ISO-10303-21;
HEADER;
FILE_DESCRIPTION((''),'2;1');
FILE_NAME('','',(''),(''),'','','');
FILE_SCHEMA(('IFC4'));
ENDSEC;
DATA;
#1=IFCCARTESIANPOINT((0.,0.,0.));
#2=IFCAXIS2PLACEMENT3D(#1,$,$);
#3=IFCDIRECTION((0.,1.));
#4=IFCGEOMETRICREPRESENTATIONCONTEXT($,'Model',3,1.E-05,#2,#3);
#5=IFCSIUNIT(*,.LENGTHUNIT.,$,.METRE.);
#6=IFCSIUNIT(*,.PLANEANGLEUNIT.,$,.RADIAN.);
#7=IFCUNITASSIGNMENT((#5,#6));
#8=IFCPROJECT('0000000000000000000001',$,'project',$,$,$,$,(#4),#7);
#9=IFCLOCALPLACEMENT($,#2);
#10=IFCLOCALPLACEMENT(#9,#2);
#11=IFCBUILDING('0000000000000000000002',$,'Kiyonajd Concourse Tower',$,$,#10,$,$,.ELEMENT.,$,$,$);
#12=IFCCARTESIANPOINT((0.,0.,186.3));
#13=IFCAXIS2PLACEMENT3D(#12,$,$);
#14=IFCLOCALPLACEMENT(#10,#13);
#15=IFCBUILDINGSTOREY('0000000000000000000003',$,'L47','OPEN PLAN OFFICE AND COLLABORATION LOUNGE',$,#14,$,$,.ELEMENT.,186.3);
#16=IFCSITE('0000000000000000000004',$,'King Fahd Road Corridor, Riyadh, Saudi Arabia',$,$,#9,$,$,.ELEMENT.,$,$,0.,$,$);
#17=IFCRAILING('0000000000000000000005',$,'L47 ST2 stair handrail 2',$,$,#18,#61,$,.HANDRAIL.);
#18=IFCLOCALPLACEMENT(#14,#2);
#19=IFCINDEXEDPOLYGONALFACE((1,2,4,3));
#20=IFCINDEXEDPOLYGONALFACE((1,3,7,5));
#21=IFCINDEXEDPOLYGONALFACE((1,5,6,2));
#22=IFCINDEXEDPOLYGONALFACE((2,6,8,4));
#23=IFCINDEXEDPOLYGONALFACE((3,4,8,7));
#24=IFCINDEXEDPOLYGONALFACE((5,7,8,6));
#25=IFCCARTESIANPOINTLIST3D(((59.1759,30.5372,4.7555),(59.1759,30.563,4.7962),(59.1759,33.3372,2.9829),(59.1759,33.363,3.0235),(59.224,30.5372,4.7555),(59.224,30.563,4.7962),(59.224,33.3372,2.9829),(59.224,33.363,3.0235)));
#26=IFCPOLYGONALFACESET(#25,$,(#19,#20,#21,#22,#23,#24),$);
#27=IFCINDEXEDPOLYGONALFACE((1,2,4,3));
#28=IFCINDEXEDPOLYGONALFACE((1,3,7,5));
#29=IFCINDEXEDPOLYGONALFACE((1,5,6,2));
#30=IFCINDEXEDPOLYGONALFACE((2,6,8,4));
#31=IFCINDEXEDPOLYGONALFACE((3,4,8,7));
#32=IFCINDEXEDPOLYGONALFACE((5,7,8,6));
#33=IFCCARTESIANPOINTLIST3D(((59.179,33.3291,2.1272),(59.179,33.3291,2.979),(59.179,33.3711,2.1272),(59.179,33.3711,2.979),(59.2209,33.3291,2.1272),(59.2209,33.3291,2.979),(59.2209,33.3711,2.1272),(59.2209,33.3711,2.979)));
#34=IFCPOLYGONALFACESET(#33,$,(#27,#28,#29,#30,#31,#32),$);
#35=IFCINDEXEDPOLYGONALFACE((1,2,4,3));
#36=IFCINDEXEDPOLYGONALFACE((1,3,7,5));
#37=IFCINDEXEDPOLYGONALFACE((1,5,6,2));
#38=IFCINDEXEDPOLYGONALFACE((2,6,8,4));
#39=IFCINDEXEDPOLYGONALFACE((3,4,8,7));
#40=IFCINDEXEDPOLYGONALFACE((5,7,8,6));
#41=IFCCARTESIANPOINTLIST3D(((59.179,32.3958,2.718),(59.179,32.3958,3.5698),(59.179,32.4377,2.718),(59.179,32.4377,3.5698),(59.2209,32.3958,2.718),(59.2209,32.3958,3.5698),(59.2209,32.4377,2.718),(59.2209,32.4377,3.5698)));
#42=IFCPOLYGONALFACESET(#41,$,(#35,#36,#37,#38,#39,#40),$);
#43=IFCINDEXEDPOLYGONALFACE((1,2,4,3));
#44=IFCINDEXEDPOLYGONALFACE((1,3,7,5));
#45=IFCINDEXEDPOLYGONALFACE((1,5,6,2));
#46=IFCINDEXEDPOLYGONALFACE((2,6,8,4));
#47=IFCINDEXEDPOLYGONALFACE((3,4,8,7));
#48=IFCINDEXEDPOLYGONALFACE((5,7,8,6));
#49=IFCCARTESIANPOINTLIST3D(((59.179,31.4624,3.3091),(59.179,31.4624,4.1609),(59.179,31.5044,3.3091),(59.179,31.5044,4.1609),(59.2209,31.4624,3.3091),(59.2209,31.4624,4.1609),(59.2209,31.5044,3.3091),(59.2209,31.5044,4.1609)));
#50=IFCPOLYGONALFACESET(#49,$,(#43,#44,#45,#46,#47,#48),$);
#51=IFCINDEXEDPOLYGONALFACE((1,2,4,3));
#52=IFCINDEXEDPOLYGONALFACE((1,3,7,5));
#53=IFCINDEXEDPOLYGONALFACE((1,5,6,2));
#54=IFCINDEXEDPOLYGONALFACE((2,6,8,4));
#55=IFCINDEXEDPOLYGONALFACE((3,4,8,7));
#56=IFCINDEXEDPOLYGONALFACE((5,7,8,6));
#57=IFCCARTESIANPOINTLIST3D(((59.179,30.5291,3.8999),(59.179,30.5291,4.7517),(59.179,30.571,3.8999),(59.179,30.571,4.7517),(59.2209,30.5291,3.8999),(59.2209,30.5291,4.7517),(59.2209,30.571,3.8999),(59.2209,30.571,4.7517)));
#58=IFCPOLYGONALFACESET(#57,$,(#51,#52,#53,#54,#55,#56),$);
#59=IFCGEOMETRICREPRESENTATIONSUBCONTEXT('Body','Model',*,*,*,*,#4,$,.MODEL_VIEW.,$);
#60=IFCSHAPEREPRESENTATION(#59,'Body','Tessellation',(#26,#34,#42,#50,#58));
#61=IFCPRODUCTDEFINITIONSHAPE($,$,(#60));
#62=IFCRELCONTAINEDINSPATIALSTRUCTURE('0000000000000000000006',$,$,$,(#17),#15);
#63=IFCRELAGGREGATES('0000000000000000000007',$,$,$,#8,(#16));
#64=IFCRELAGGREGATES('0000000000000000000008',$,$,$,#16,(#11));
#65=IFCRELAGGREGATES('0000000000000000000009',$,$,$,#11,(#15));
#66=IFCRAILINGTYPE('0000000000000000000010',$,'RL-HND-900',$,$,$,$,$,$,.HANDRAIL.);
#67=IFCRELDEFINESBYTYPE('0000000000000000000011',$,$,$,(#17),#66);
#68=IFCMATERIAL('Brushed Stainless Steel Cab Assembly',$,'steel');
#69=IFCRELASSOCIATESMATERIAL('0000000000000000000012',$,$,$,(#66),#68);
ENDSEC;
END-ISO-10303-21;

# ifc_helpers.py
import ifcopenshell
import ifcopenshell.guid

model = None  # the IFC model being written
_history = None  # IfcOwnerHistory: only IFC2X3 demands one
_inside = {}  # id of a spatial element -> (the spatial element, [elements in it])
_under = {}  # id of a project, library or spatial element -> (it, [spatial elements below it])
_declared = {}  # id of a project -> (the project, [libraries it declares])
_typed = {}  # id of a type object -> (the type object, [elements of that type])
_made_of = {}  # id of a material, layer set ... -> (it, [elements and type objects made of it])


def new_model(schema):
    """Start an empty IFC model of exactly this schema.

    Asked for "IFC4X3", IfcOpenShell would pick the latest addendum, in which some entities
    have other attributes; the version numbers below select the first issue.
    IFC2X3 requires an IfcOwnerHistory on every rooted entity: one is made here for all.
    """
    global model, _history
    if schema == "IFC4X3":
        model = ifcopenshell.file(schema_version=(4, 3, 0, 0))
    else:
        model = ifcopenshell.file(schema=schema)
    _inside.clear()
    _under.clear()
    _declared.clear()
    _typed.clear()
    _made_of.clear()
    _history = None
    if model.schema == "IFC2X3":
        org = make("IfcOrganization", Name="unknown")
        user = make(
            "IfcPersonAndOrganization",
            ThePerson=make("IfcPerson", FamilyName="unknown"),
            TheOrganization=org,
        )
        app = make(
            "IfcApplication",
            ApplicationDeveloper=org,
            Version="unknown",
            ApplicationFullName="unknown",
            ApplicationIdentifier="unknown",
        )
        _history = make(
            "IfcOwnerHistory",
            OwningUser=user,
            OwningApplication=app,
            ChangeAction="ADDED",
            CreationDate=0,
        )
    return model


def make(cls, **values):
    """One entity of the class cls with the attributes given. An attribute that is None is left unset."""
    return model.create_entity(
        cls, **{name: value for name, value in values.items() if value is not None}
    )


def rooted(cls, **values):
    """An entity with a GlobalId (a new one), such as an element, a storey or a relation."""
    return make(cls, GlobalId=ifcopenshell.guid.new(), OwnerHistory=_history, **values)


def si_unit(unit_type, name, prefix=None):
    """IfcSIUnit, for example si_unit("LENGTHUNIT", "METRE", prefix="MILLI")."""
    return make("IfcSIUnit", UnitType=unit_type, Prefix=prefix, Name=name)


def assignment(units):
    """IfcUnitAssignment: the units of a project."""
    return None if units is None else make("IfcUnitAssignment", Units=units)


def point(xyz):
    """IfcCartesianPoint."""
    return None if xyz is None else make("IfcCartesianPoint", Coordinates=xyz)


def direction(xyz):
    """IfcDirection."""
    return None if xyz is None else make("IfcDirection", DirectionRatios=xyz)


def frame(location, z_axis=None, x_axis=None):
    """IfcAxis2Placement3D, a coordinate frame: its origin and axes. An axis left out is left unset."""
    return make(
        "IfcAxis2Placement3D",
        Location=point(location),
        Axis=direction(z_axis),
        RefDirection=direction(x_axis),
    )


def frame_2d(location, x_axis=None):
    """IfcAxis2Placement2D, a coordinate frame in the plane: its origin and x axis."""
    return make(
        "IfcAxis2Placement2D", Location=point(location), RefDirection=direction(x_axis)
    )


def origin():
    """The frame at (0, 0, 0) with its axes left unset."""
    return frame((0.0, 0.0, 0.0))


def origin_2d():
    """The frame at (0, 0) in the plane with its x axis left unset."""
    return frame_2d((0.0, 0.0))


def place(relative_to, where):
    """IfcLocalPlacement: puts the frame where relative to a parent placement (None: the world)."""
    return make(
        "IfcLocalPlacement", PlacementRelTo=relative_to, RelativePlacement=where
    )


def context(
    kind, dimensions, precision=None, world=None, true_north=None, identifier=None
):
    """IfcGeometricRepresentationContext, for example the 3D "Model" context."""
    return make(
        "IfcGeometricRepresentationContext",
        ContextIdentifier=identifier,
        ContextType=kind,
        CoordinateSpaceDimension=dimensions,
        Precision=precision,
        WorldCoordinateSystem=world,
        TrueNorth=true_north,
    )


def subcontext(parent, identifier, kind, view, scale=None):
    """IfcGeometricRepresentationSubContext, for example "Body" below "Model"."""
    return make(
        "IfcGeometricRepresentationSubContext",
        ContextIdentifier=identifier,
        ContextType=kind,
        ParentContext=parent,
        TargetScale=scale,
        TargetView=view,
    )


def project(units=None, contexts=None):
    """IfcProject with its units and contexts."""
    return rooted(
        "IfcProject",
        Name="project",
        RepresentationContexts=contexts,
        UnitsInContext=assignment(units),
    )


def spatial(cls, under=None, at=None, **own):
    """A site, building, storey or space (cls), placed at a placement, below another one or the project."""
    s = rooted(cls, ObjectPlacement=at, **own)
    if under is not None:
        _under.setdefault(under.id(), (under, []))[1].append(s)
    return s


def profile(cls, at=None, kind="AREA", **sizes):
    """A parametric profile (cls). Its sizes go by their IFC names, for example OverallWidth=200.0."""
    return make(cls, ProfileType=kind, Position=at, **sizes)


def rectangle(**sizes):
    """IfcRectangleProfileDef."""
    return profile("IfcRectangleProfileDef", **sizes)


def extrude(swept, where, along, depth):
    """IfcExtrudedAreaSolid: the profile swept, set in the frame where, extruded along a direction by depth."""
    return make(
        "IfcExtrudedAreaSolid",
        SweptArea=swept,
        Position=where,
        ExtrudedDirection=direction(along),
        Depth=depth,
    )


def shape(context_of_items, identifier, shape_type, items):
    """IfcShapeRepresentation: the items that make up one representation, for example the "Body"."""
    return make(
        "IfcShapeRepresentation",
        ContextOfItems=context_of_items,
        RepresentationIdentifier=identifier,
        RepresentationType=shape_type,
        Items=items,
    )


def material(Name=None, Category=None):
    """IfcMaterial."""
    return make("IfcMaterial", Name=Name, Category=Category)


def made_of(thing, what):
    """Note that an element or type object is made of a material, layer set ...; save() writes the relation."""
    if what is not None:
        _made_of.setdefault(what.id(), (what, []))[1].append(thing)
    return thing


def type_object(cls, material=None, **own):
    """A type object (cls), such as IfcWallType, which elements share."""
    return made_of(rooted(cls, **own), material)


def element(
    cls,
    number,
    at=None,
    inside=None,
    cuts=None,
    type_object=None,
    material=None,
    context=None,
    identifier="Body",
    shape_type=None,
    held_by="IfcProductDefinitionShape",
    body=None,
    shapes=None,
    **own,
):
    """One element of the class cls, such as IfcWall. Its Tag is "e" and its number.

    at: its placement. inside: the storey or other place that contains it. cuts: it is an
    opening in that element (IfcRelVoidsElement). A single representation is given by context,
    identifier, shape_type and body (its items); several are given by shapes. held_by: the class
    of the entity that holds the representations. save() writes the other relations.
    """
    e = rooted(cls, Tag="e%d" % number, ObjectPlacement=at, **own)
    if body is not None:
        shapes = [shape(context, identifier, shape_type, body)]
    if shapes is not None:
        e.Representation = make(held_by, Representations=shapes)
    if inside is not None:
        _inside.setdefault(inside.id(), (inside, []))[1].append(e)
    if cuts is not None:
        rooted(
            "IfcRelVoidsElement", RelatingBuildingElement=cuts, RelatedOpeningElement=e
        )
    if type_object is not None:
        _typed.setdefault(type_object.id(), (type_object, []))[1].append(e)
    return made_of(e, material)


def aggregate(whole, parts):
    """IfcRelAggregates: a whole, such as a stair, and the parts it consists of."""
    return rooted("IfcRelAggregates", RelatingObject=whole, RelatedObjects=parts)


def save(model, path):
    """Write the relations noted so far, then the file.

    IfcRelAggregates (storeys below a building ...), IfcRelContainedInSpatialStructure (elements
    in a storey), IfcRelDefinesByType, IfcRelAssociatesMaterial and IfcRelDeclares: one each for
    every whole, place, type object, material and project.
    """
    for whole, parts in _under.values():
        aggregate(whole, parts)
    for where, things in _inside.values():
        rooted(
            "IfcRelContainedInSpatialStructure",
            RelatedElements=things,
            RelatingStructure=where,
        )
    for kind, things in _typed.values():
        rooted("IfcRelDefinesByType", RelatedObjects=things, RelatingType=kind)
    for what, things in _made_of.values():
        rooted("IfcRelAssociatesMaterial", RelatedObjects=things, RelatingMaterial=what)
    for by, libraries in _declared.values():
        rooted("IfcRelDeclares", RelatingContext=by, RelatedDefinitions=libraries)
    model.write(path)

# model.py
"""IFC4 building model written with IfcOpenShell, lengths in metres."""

from ifc_helpers import new_model, si_unit, direction, frame, origin, origin_2d, place, context, subcontext, project, spatial, rectangle, extrude, material, type_object, element, save


model = new_model("IFC4")

# Units and contexts
model_context = context("Model", 3, precision=1e-05, world=origin(), true_north=direction((0.0, 1.0)))
body_context = subcontext(model_context, "Body", "Model", "MODEL_VIEW")
ifc_project = project(units=[si_unit("LENGTHUNIT", "METRE"), si_unit("PLANEANGLEUNIT", "RADIAN")], contexts=[model_context])

# Site, building, storey
site_placement = place(None, origin())
site = spatial("IfcSite", under=ifc_project, at=site_placement, Name="King Fahd Road Corridor, Riyadh, Saudi Arabia", CompositionType="ELEMENT", RefElevation=0.0)
building_placement = place(site_placement, origin())
building = spatial("IfcBuilding", under=site, at=building_placement, Name="Kiyonajd Concourse Tower", CompositionType="ELEMENT")
storey_placement = place(building_placement, frame((0.0, 0.0, 186.3)))
storey = spatial("IfcBuildingStorey", under=building, at=storey_placement, Name="L47", Description="OPEN PLAN OFFICE AND COLLABORATION LOUNGE", CompositionType="ELEMENT", Elevation=186.3)

# Railing
ifc_material_1 = material(Name="Brushed Stainless Steel Cab Assembly", Category="steel")
railing_type_1 = type_object("IfcRailingType", Name="RL-HND-900", PredefinedType="HANDRAIL", material=ifc_material_1)
railing_1_placement = place(storey_placement, frame((59.2, 33.3501, 2.1272)))
element("IfcRailing", 1, at=railing_1_placement, inside=storey, type_object=railing_type_1, Name="L47 ST2 stair handrail 2", PredefinedType="HANDRAIL", context=body_context, shape_type="SweptSolid", body=[
    extrude(rectangle(XDim=0.0481, YDim=0.0481, at=origin_2d()), frame((0.0, 0.0, 0.876), z_axis=(0.0, -0.844909, 0.53491), x_axis=(1.0, 0.0, 0.0)), (0.0, 0.0, 1.0), 3.314),
    extrude(rectangle(XDim=0.042, YDim=0.042, at=origin_2d()), origin(), (0.0, 0.0, 1.0), 0.8518),
    extrude(rectangle(XDim=0.042, YDim=0.042, at=origin_2d()), frame((0.0, -0.9333, 0.5908)), (0.0, 0.0, 1.0), 0.8518),
    extrude(rectangle(XDim=0.042, YDim=0.042, at=origin_2d()), frame((0.0, -1.8667, 1.1819)), (0.0, 0.0, 1.0), 0.8518),
    extrude(rectangle(XDim=0.042, YDim=0.042, at=origin_2d()), frame((0.0, -2.8, 1.7727)), (0.0, 0.0, 1.0), 0.8518),
])

save(model, "model.ifc")
